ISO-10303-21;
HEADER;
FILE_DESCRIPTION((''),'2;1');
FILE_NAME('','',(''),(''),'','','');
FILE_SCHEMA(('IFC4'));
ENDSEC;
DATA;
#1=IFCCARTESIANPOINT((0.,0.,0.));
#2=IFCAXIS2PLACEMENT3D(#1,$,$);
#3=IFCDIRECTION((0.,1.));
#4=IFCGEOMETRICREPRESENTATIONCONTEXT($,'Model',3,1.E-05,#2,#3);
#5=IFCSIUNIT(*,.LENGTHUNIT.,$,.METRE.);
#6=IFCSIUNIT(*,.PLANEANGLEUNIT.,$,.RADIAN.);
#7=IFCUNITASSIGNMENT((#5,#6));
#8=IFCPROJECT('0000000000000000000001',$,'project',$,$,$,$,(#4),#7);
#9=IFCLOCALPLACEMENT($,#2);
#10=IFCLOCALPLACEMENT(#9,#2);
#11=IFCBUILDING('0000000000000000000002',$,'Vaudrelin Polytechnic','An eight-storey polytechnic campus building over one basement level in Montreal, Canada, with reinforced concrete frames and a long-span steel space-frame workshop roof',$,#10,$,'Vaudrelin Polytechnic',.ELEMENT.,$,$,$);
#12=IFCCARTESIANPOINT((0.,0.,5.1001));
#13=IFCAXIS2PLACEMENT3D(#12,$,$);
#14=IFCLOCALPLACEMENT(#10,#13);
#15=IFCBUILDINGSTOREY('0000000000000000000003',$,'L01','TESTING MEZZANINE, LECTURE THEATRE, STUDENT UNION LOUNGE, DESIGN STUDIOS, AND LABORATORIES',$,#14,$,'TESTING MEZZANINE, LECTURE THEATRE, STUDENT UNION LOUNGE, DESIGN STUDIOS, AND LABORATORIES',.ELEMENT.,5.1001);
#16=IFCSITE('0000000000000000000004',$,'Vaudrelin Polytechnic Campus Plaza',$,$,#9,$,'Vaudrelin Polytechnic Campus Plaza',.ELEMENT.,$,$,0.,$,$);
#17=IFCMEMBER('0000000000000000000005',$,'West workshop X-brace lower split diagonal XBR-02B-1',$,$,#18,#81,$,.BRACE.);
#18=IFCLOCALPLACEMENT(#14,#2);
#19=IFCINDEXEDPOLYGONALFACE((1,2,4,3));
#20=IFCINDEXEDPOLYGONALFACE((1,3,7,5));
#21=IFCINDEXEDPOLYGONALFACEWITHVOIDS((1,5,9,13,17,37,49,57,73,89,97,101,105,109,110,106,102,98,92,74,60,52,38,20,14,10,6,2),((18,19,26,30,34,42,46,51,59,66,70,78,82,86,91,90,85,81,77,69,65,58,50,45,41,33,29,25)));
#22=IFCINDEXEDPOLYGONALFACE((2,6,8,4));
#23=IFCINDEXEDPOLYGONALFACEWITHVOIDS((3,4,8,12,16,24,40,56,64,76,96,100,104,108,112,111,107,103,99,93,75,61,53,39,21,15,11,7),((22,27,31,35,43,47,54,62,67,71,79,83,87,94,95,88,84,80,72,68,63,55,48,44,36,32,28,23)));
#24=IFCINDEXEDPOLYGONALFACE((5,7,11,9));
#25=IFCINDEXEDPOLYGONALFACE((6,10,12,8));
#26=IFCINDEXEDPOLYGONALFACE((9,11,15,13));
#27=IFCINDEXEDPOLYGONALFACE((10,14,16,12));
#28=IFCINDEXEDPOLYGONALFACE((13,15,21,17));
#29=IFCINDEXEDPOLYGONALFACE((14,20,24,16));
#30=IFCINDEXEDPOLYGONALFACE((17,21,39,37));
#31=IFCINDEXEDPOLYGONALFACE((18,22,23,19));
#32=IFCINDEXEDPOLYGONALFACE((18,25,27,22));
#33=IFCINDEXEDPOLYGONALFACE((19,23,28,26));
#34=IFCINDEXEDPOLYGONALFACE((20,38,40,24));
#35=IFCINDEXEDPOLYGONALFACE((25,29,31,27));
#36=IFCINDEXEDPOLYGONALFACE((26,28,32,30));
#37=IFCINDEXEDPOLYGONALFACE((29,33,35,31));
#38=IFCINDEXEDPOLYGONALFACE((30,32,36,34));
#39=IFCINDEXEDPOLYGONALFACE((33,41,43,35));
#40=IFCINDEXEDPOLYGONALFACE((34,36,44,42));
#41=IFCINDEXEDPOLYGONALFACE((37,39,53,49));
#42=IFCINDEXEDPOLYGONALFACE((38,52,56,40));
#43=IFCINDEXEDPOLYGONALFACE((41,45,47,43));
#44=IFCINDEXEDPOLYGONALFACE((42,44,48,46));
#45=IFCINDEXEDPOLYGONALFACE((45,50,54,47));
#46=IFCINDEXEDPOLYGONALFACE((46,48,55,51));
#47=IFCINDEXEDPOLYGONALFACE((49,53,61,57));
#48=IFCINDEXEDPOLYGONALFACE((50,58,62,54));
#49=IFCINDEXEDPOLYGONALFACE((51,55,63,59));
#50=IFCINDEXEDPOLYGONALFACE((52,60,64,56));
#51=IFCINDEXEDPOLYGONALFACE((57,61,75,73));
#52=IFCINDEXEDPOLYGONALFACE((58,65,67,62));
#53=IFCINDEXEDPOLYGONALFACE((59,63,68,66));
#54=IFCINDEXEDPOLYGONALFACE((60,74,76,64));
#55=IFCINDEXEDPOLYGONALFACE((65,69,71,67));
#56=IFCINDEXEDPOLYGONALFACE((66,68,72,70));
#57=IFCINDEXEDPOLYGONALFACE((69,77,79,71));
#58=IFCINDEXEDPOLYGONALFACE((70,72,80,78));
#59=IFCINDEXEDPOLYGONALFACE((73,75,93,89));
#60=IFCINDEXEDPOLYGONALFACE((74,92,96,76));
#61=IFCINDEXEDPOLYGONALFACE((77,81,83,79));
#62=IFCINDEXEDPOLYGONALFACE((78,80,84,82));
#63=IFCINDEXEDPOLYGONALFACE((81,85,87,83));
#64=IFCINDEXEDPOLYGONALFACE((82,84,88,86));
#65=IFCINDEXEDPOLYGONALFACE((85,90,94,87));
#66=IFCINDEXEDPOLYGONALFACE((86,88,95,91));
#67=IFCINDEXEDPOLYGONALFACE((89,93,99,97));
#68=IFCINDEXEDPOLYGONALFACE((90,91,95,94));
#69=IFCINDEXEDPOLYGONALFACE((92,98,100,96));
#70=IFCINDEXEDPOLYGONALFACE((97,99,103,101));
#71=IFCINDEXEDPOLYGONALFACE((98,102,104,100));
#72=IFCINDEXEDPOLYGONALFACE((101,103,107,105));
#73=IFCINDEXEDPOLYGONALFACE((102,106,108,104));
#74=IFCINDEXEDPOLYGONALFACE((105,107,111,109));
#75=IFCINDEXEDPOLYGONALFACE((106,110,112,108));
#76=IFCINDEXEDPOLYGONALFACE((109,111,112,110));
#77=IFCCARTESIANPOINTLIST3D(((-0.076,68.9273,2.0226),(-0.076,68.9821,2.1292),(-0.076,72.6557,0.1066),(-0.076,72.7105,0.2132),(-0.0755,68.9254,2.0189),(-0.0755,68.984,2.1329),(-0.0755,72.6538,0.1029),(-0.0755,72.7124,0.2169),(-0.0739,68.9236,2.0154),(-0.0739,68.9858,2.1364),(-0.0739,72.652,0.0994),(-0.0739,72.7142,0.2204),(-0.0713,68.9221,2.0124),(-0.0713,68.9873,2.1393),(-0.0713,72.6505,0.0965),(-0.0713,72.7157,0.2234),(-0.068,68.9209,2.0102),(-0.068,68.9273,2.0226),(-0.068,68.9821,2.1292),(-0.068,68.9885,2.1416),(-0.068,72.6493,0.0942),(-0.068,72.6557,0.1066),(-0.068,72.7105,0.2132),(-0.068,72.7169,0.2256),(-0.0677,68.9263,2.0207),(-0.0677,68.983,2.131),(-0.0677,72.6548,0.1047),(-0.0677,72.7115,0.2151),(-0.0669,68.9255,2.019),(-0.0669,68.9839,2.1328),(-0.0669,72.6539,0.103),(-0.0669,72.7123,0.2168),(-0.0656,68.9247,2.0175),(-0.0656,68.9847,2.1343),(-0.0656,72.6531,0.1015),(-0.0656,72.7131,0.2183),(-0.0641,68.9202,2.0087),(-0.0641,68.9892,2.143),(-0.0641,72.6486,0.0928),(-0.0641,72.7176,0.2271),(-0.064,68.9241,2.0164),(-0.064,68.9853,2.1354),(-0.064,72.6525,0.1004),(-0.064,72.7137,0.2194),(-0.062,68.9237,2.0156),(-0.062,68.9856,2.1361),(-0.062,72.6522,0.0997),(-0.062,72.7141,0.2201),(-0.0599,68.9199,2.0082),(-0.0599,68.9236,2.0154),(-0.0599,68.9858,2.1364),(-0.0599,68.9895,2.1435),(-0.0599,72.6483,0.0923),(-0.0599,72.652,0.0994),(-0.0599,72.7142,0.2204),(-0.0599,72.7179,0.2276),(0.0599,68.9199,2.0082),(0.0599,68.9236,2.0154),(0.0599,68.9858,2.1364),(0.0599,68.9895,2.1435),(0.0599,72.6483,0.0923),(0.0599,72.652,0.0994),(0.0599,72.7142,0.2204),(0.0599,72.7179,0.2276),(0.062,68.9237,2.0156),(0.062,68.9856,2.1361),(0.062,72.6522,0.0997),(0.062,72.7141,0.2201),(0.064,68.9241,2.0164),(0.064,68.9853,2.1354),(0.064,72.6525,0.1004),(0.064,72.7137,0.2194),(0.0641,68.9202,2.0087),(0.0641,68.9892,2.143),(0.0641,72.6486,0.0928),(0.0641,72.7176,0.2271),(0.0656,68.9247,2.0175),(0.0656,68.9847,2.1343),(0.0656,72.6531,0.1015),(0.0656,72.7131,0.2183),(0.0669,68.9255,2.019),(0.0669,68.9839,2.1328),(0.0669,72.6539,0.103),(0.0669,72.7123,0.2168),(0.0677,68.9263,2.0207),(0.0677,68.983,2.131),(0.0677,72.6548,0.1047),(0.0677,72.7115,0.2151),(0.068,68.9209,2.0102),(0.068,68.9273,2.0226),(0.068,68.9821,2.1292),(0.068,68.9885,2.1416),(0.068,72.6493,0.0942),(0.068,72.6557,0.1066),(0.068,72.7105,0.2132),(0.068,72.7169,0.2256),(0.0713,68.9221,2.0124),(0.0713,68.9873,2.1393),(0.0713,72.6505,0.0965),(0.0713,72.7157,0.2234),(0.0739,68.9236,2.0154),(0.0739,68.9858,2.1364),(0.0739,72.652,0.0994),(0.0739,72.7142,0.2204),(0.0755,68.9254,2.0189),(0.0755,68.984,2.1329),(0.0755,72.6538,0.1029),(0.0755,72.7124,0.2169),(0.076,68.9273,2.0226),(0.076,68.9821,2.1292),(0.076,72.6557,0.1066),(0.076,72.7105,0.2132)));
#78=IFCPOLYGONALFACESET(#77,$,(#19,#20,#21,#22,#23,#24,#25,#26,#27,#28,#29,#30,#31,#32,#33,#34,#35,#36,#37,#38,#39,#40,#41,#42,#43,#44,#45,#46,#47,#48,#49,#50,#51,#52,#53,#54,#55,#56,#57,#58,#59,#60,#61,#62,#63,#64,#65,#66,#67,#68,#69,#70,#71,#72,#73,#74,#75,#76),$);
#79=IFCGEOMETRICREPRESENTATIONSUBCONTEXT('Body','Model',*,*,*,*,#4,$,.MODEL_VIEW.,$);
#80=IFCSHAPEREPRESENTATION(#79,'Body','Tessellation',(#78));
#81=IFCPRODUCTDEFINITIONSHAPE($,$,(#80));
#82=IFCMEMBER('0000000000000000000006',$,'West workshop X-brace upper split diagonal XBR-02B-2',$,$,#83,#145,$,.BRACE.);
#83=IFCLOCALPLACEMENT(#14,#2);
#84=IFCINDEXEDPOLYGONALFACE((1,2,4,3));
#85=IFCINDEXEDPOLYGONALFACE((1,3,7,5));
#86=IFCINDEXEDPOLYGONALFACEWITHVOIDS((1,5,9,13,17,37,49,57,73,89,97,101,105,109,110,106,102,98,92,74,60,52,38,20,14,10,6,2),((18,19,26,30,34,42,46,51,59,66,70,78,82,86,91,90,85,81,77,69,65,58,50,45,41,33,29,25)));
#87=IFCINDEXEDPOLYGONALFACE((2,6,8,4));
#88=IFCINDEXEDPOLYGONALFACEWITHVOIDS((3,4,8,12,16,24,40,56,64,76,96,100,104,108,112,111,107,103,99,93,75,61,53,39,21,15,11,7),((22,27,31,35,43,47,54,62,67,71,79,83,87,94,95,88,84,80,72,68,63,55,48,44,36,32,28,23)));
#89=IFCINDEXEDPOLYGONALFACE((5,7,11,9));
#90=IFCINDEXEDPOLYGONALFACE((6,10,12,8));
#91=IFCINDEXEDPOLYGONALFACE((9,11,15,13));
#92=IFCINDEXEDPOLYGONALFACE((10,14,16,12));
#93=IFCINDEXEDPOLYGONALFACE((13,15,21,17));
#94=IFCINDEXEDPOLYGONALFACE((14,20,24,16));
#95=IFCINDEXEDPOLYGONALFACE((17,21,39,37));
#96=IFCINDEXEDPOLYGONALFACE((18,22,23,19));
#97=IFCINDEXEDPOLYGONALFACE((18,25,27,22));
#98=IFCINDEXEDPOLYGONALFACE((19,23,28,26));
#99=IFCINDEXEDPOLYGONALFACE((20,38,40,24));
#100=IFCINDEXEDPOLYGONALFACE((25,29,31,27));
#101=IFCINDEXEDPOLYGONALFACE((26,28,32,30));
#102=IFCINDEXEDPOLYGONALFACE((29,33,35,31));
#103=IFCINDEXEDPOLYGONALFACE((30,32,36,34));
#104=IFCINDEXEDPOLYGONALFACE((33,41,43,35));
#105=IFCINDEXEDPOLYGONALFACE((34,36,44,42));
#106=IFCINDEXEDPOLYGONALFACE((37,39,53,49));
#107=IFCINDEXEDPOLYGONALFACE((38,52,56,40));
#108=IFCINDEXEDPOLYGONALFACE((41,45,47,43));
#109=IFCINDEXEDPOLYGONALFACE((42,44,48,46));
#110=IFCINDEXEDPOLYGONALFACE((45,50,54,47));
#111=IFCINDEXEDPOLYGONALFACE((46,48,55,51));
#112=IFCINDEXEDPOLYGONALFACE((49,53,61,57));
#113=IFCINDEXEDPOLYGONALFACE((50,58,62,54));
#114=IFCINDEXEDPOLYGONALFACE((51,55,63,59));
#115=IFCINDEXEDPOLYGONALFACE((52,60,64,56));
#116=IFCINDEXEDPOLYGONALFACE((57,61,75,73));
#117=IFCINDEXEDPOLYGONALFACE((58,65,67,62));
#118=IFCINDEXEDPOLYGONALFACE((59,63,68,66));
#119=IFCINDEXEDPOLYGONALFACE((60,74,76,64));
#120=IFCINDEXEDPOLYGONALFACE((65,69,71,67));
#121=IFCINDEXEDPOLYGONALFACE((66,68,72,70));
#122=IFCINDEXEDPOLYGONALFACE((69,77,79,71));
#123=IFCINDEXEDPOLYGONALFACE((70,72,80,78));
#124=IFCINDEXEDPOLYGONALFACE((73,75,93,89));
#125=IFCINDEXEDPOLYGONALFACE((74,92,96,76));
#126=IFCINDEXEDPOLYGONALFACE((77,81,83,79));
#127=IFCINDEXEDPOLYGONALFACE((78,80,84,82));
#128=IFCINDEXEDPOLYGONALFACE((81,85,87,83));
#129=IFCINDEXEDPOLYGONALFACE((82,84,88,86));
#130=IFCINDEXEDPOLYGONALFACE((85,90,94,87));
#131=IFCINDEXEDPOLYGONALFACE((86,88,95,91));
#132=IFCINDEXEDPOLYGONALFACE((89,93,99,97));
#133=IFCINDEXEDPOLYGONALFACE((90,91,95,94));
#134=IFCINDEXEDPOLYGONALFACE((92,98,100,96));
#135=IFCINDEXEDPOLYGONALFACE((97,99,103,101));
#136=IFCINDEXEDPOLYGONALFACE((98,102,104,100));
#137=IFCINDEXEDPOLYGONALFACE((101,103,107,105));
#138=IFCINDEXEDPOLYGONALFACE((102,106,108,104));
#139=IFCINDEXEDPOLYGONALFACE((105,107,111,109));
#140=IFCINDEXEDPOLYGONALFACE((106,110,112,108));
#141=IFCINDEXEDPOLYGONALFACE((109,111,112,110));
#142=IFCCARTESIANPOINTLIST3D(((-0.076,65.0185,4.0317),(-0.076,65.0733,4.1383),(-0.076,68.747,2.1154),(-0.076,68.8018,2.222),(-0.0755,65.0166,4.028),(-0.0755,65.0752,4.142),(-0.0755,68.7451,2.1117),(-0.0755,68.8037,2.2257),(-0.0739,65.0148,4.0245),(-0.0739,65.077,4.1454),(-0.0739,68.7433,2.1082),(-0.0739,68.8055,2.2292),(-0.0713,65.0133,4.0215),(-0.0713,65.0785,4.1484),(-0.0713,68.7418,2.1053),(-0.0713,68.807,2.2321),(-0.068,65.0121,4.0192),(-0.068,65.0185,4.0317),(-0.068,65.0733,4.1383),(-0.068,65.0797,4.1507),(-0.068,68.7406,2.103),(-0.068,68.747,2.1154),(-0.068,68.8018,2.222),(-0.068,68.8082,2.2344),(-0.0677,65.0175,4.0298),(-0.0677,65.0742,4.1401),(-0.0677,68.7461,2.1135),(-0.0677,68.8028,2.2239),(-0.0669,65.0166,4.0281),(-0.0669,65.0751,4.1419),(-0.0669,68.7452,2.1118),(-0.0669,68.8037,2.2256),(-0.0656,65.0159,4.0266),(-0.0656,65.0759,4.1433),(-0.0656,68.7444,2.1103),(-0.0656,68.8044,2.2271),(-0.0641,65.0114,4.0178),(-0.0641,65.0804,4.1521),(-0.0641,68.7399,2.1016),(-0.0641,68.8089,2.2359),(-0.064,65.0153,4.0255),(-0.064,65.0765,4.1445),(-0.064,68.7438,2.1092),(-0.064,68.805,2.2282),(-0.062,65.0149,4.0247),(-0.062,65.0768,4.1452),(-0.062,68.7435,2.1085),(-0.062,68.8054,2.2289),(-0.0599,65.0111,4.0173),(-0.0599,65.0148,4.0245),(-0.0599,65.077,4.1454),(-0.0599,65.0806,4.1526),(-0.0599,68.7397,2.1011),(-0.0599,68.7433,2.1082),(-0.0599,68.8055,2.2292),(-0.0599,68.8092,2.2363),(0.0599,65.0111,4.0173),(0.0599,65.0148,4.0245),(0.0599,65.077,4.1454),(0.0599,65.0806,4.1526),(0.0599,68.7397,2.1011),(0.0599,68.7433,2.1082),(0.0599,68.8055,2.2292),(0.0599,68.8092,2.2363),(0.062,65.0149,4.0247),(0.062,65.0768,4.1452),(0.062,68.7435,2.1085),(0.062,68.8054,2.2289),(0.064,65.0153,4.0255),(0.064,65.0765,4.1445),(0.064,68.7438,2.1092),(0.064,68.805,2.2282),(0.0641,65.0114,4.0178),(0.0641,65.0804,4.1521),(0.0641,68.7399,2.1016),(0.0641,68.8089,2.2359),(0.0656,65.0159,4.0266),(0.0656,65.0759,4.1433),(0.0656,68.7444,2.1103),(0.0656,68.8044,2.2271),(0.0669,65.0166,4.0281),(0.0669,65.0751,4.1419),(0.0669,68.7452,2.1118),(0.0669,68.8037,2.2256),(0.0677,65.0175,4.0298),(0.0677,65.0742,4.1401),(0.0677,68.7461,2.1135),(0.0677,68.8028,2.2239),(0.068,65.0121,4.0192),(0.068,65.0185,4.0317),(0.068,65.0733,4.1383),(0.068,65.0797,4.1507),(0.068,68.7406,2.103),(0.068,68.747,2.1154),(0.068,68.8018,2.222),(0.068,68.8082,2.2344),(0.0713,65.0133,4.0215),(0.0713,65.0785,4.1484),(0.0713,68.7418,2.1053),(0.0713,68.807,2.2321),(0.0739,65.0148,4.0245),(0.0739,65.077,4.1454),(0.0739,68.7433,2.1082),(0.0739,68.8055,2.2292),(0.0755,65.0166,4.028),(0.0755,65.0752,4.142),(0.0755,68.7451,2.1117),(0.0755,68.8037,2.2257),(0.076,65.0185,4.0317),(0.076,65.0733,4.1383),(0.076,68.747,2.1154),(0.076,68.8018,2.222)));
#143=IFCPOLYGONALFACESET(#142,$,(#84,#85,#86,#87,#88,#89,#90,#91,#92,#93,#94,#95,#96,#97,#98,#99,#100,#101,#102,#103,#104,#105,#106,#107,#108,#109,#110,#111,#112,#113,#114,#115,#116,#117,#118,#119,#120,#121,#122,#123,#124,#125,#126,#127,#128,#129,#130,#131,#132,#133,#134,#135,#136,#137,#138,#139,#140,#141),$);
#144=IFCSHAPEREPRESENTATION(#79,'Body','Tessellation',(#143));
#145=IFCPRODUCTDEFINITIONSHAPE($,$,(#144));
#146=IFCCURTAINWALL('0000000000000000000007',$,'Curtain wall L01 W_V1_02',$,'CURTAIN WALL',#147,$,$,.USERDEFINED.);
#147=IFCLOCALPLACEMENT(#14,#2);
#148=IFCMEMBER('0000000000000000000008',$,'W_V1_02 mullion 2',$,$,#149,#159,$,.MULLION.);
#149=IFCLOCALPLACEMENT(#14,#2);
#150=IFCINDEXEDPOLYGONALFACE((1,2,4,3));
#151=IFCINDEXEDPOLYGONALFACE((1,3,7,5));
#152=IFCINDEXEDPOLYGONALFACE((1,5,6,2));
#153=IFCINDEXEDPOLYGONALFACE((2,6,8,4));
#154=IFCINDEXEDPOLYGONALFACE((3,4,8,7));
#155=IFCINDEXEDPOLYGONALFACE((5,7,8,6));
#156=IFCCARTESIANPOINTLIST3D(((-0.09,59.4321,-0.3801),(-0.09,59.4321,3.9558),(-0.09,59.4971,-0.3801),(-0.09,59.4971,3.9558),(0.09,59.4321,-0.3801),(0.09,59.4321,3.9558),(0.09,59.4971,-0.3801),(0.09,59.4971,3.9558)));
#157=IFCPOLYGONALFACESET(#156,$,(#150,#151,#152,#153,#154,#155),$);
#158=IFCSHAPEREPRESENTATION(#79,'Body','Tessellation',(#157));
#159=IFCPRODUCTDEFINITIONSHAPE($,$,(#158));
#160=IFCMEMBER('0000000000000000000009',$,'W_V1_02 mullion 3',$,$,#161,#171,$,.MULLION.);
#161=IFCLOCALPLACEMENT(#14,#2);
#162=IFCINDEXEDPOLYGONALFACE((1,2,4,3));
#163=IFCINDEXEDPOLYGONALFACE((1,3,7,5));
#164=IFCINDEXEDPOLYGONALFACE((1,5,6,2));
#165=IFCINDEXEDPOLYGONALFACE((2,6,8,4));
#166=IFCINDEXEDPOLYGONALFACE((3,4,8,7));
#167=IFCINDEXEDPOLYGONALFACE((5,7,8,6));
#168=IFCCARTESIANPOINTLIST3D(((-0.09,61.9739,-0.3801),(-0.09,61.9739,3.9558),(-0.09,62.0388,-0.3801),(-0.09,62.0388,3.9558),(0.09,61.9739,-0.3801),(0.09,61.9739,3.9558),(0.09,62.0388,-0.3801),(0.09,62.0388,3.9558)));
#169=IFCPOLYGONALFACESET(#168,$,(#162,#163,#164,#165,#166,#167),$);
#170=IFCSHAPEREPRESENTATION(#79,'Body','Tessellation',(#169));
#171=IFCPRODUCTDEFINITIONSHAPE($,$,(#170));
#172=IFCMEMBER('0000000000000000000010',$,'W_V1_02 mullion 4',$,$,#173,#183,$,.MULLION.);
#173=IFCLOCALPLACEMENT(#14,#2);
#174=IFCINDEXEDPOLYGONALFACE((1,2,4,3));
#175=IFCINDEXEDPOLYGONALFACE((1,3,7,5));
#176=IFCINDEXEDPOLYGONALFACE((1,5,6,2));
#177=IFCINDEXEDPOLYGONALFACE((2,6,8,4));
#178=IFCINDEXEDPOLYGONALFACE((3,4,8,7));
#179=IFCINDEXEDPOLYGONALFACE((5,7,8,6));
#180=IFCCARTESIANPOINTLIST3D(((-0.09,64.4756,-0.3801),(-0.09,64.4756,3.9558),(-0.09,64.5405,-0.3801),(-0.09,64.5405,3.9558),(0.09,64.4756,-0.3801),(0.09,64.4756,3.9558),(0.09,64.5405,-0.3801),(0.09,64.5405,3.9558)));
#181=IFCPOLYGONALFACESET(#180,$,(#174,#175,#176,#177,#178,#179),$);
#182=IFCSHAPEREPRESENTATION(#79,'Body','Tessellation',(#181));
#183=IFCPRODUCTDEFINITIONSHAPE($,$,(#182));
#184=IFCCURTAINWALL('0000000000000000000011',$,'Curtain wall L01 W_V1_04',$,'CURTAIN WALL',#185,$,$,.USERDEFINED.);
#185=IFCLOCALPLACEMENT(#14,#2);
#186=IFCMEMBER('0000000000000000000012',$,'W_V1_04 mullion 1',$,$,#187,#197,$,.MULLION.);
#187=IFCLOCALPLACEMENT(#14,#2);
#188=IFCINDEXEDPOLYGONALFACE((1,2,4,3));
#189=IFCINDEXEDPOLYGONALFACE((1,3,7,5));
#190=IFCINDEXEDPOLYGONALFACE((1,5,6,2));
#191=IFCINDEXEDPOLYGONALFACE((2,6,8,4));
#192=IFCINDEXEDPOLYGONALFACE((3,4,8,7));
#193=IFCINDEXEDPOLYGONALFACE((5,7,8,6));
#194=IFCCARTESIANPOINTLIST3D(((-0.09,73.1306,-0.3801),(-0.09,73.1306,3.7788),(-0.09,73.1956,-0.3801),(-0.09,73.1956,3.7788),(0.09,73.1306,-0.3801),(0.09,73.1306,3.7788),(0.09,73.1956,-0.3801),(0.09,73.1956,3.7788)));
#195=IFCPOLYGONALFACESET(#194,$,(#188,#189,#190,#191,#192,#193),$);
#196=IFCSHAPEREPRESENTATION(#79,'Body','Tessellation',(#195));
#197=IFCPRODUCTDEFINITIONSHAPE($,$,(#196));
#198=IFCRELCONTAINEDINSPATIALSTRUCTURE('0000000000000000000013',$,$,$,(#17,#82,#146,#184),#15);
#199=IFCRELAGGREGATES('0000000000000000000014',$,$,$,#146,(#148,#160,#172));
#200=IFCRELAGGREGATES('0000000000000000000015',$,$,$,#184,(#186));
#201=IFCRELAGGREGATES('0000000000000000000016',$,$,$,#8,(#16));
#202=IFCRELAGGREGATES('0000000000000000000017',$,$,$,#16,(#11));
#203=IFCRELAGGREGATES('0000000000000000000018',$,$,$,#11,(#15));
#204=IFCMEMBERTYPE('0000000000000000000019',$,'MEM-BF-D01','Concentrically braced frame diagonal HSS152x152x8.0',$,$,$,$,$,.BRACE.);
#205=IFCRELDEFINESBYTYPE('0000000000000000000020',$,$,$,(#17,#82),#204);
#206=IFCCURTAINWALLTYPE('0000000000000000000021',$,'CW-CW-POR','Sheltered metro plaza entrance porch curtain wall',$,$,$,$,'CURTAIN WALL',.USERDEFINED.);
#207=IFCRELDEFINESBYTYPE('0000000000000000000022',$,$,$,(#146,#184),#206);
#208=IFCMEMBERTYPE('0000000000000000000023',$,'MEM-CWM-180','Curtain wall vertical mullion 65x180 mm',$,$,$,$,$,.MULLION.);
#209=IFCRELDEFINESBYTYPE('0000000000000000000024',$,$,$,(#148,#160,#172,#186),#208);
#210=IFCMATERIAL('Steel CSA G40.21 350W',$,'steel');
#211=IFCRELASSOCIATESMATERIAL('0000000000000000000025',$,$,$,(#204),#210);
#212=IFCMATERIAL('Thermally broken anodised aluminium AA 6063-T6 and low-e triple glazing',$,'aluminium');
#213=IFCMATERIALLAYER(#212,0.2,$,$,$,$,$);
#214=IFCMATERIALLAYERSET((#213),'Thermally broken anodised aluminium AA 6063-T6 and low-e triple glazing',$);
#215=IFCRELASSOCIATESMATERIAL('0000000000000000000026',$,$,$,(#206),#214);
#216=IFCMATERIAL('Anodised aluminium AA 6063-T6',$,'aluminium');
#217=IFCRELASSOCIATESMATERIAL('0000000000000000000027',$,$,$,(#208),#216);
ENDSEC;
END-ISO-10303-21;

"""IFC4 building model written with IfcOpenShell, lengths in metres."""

from ifc_helpers import new_model, si_unit, direction, frame, origin, origin_2d, place, context, subcontext, project, spatial, rectangle, hollow_rectangle, extrude, material, layer, layer_set, material_profile, profile_set, type_object, element, aggregate, save


model = new_model("IFC4")

# Units and contexts
model_context = context("Model", 3, precision=1e-05, world=origin(), true_north=direction((0.0, 1.0)))
body_context = subcontext(model_context, "Body", "Model", "MODEL_VIEW")
ifc_project = project(units=[si_unit("LENGTHUNIT", "METRE"), si_unit("PLANEANGLEUNIT", "RADIAN")], contexts=[model_context])

# Site, building, storey
site_placement = place(None, origin())
site = spatial("IfcSite", under=ifc_project, at=site_placement, Name="Vaudrelin Polytechnic Campus Plaza", LongName="Vaudrelin Polytechnic Campus Plaza", CompositionType="ELEMENT", RefElevation=0.0)
building_placement = place(site_placement, origin())
building = spatial("IfcBuilding", under=site, at=building_placement, Name="Vaudrelin Polytechnic", Description="An eight-storey polytechnic campus building over one basement level in Montreal, Canada, with reinforced concrete frames and a long-span steel space-frame workshop roof", LongName="Vaudrelin Polytechnic", CompositionType="ELEMENT")
storey_placement = place(building_placement, frame((0.0, 0.0, 5.1001)))
storey = spatial("IfcBuildingStorey", under=building, at=storey_placement, Name="L01", Description="TESTING MEZZANINE, LECTURE THEATRE, STUDENT UNION LOUNGE, DESIGN STUDIOS, AND LABORATORIES", LongName="TESTING MEZZANINE, LECTURE THEATRE, STUDENT UNION LOUNGE, DESIGN STUDIOS, AND LABORATORIES", CompositionType="ELEMENT", Elevation=5.1001)

# Shared definitions
ifc_material_1 = material(Name="Steel CSA G40.21 350W", Category="steel")

# Members
ifc_material_profile_1 = material_profile(ifc_material_1, hollow_rectangle(XDim=0.1521, YDim=0.1521, WallThickness=0.0081, InnerFilletRadius=0.0081, OuterFilletRadius=0.0161, at=origin_2d()), Name="HSS152x152x8.0")
ifc_profile_set_1 = profile_set([ifc_material_profile_1], Name="Steel CSA G40.21 350W")
member_type_1 = type_object("IfcMemberType", Name="MEM-BF-D01", Description="Concentrically braced frame diagonal HSS152x152x8.0", PredefinedType="BRACE", material=ifc_profile_set_1)
member_1_placement = place(storey_placement, frame((0.0, 72.6831, 0.1599), z_axis=(0.0, -0.889434, 0.457064), x_axis=(1.0, 0.0, 0.0)))
element("IfcMember", 1, at=member_1_placement, inside=storey, type_object=member_type_1, Name="West workshop X-brace lower split diagonal XBR-02B-1", PredefinedType="BRACE", context=body_context, shape_type="SweptSolid", body=[
    extrude(hollow_rectangle(XDim=0.1521, YDim=0.1521, WallThickness=0.0081, InnerFilletRadius=0.0081, OuterFilletRadius=0.0161, at=origin_2d()), origin(), (0.0, 0.0, 1.0), 4.1919),
])
member_2_placement = place(storey_placement, frame((0.0, 68.7744, 2.1687), z_axis=(0.0, -0.88941, 0.45711), x_axis=(1.0, 0.0, 0.0)))
element("IfcMember", 2, at=member_2_placement, inside=storey, type_object=member_type_1, Name="West workshop X-brace upper split diagonal XBR-02B-2", PredefinedType="BRACE", context=body_context, shape_type="SweptSolid", body=[
    extrude(hollow_rectangle(XDim=0.1521, YDim=0.1521, WallThickness=0.0081, InnerFilletRadius=0.0081, OuterFilletRadius=0.0161, at=origin_2d()), origin(), (0.0, 0.0, 1.0), 4.1921),
])

# Curtain walls, members
ifc_material_2 = material(Name="Thermally broken anodised aluminium AA 6063-T6 and low-e triple glazing", Category="aluminium")
ifc_layer_1 = layer(ifc_material_2, 0.2)
ifc_layer_set_1 = layer_set([ifc_layer_1], Name="Thermally broken anodised aluminium AA 6063-T6 and low-e triple glazing")
curtain_wall_type = type_object("IfcCurtainWallType", Name="CW-CW-POR", Description="Sheltered metro plaza entrance porch curtain wall", ElementType="CURTAIN WALL", PredefinedType="USERDEFINED", material=ifc_layer_set_1)
curtain_wall_1_placement = place(storey_placement, origin())
curtain_wall_1 = element("IfcCurtainWall", 3, at=curtain_wall_1_placement, inside=storey, type_object=curtain_wall_type, Name="Curtain wall L01 W_V1_02", ObjectType="CURTAIN WALL", PredefinedType="USERDEFINED")
ifc_material_3 = material(Name="Anodised aluminium AA 6063-T6", Category="aluminium")
ifc_material_profile_2 = material_profile(ifc_material_3, rectangle(XDim=0.0649, YDim=0.1799, at=origin_2d()), Name="CWM-65x180")
ifc_profile_set_2 = profile_set([ifc_material_profile_2], Name="Anodised aluminium AA 6063-T6")
member_type_2 = type_object("IfcMemberType", Name="MEM-CWM-180", Description="Curtain wall vertical mullion 65x180 mm", PredefinedType="MULLION", material=ifc_profile_set_2)
member_3_placement = place(storey_placement, frame((0.0, 59.4646, -0.3801), z_axis=(0.0, 0.0, 1.0), x_axis=(0.0, 1.0, 0.0)))
member_3 = element("IfcMember", 4, at=member_3_placement, type_object=member_type_2, Name="W_V1_02 mullion 2", PredefinedType="MULLION", context=body_context, shape_type="SweptSolid", body=[
    extrude(rectangle(XDim=0.0649, YDim=0.1799, at=origin_2d()), origin(), (0.0, 0.0, 1.0), 4.3359),
])
member_4_placement = place(storey_placement, frame((0.0, 62.0063, -0.3801), z_axis=(0.0, 0.0, 1.0), x_axis=(0.0, 1.0, 0.0)))
member_4 = element("IfcMember", 5, at=member_4_placement, type_object=member_type_2, Name="W_V1_02 mullion 3", PredefinedType="MULLION", context=body_context, shape_type="SweptSolid", body=[
    extrude(rectangle(XDim=0.0649, YDim=0.1799, at=origin_2d()), origin(), (0.0, 0.0, 1.0), 4.3359),
])
member_5_placement = place(storey_placement, frame((0.0, 64.5081, -0.3801), z_axis=(0.0, 0.0, 1.0), x_axis=(0.0, 1.0, 0.0)))
member_5 = element("IfcMember", 6, at=member_5_placement, type_object=member_type_2, Name="W_V1_02 mullion 4", PredefinedType="MULLION", context=body_context, shape_type="SweptSolid", body=[
    extrude(rectangle(XDim=0.0649, YDim=0.1799, at=origin_2d()), origin(), (0.0, 0.0, 1.0), 4.3359),
])
curtain_wall_2_placement = place(storey_placement, origin())
curtain_wall_2 = element("IfcCurtainWall", 7, at=curtain_wall_2_placement, inside=storey, type_object=curtain_wall_type, Name="Curtain wall L01 W_V1_04", ObjectType="CURTAIN WALL", PredefinedType="USERDEFINED")
member_6_placement = place(storey_placement, frame((0.0, 73.1631, -0.3801), z_axis=(0.0, 0.0, 1.0), x_axis=(0.0, 1.0, 0.0)))
member_6 = element("IfcMember", 8, at=member_6_placement, type_object=member_type_2, Name="W_V1_04 mullion 1", PredefinedType="MULLION", context=body_context, shape_type="SweptSolid", body=[
    extrude(rectangle(XDim=0.0649, YDim=0.1799, at=origin_2d()), origin(), (0.0, 0.0, 1.0), 4.1589),
])

aggregate(curtain_wall_1, [member_3, member_4, member_5])
aggregate(curtain_wall_2, [member_6])

save(model, "model.ifc")
